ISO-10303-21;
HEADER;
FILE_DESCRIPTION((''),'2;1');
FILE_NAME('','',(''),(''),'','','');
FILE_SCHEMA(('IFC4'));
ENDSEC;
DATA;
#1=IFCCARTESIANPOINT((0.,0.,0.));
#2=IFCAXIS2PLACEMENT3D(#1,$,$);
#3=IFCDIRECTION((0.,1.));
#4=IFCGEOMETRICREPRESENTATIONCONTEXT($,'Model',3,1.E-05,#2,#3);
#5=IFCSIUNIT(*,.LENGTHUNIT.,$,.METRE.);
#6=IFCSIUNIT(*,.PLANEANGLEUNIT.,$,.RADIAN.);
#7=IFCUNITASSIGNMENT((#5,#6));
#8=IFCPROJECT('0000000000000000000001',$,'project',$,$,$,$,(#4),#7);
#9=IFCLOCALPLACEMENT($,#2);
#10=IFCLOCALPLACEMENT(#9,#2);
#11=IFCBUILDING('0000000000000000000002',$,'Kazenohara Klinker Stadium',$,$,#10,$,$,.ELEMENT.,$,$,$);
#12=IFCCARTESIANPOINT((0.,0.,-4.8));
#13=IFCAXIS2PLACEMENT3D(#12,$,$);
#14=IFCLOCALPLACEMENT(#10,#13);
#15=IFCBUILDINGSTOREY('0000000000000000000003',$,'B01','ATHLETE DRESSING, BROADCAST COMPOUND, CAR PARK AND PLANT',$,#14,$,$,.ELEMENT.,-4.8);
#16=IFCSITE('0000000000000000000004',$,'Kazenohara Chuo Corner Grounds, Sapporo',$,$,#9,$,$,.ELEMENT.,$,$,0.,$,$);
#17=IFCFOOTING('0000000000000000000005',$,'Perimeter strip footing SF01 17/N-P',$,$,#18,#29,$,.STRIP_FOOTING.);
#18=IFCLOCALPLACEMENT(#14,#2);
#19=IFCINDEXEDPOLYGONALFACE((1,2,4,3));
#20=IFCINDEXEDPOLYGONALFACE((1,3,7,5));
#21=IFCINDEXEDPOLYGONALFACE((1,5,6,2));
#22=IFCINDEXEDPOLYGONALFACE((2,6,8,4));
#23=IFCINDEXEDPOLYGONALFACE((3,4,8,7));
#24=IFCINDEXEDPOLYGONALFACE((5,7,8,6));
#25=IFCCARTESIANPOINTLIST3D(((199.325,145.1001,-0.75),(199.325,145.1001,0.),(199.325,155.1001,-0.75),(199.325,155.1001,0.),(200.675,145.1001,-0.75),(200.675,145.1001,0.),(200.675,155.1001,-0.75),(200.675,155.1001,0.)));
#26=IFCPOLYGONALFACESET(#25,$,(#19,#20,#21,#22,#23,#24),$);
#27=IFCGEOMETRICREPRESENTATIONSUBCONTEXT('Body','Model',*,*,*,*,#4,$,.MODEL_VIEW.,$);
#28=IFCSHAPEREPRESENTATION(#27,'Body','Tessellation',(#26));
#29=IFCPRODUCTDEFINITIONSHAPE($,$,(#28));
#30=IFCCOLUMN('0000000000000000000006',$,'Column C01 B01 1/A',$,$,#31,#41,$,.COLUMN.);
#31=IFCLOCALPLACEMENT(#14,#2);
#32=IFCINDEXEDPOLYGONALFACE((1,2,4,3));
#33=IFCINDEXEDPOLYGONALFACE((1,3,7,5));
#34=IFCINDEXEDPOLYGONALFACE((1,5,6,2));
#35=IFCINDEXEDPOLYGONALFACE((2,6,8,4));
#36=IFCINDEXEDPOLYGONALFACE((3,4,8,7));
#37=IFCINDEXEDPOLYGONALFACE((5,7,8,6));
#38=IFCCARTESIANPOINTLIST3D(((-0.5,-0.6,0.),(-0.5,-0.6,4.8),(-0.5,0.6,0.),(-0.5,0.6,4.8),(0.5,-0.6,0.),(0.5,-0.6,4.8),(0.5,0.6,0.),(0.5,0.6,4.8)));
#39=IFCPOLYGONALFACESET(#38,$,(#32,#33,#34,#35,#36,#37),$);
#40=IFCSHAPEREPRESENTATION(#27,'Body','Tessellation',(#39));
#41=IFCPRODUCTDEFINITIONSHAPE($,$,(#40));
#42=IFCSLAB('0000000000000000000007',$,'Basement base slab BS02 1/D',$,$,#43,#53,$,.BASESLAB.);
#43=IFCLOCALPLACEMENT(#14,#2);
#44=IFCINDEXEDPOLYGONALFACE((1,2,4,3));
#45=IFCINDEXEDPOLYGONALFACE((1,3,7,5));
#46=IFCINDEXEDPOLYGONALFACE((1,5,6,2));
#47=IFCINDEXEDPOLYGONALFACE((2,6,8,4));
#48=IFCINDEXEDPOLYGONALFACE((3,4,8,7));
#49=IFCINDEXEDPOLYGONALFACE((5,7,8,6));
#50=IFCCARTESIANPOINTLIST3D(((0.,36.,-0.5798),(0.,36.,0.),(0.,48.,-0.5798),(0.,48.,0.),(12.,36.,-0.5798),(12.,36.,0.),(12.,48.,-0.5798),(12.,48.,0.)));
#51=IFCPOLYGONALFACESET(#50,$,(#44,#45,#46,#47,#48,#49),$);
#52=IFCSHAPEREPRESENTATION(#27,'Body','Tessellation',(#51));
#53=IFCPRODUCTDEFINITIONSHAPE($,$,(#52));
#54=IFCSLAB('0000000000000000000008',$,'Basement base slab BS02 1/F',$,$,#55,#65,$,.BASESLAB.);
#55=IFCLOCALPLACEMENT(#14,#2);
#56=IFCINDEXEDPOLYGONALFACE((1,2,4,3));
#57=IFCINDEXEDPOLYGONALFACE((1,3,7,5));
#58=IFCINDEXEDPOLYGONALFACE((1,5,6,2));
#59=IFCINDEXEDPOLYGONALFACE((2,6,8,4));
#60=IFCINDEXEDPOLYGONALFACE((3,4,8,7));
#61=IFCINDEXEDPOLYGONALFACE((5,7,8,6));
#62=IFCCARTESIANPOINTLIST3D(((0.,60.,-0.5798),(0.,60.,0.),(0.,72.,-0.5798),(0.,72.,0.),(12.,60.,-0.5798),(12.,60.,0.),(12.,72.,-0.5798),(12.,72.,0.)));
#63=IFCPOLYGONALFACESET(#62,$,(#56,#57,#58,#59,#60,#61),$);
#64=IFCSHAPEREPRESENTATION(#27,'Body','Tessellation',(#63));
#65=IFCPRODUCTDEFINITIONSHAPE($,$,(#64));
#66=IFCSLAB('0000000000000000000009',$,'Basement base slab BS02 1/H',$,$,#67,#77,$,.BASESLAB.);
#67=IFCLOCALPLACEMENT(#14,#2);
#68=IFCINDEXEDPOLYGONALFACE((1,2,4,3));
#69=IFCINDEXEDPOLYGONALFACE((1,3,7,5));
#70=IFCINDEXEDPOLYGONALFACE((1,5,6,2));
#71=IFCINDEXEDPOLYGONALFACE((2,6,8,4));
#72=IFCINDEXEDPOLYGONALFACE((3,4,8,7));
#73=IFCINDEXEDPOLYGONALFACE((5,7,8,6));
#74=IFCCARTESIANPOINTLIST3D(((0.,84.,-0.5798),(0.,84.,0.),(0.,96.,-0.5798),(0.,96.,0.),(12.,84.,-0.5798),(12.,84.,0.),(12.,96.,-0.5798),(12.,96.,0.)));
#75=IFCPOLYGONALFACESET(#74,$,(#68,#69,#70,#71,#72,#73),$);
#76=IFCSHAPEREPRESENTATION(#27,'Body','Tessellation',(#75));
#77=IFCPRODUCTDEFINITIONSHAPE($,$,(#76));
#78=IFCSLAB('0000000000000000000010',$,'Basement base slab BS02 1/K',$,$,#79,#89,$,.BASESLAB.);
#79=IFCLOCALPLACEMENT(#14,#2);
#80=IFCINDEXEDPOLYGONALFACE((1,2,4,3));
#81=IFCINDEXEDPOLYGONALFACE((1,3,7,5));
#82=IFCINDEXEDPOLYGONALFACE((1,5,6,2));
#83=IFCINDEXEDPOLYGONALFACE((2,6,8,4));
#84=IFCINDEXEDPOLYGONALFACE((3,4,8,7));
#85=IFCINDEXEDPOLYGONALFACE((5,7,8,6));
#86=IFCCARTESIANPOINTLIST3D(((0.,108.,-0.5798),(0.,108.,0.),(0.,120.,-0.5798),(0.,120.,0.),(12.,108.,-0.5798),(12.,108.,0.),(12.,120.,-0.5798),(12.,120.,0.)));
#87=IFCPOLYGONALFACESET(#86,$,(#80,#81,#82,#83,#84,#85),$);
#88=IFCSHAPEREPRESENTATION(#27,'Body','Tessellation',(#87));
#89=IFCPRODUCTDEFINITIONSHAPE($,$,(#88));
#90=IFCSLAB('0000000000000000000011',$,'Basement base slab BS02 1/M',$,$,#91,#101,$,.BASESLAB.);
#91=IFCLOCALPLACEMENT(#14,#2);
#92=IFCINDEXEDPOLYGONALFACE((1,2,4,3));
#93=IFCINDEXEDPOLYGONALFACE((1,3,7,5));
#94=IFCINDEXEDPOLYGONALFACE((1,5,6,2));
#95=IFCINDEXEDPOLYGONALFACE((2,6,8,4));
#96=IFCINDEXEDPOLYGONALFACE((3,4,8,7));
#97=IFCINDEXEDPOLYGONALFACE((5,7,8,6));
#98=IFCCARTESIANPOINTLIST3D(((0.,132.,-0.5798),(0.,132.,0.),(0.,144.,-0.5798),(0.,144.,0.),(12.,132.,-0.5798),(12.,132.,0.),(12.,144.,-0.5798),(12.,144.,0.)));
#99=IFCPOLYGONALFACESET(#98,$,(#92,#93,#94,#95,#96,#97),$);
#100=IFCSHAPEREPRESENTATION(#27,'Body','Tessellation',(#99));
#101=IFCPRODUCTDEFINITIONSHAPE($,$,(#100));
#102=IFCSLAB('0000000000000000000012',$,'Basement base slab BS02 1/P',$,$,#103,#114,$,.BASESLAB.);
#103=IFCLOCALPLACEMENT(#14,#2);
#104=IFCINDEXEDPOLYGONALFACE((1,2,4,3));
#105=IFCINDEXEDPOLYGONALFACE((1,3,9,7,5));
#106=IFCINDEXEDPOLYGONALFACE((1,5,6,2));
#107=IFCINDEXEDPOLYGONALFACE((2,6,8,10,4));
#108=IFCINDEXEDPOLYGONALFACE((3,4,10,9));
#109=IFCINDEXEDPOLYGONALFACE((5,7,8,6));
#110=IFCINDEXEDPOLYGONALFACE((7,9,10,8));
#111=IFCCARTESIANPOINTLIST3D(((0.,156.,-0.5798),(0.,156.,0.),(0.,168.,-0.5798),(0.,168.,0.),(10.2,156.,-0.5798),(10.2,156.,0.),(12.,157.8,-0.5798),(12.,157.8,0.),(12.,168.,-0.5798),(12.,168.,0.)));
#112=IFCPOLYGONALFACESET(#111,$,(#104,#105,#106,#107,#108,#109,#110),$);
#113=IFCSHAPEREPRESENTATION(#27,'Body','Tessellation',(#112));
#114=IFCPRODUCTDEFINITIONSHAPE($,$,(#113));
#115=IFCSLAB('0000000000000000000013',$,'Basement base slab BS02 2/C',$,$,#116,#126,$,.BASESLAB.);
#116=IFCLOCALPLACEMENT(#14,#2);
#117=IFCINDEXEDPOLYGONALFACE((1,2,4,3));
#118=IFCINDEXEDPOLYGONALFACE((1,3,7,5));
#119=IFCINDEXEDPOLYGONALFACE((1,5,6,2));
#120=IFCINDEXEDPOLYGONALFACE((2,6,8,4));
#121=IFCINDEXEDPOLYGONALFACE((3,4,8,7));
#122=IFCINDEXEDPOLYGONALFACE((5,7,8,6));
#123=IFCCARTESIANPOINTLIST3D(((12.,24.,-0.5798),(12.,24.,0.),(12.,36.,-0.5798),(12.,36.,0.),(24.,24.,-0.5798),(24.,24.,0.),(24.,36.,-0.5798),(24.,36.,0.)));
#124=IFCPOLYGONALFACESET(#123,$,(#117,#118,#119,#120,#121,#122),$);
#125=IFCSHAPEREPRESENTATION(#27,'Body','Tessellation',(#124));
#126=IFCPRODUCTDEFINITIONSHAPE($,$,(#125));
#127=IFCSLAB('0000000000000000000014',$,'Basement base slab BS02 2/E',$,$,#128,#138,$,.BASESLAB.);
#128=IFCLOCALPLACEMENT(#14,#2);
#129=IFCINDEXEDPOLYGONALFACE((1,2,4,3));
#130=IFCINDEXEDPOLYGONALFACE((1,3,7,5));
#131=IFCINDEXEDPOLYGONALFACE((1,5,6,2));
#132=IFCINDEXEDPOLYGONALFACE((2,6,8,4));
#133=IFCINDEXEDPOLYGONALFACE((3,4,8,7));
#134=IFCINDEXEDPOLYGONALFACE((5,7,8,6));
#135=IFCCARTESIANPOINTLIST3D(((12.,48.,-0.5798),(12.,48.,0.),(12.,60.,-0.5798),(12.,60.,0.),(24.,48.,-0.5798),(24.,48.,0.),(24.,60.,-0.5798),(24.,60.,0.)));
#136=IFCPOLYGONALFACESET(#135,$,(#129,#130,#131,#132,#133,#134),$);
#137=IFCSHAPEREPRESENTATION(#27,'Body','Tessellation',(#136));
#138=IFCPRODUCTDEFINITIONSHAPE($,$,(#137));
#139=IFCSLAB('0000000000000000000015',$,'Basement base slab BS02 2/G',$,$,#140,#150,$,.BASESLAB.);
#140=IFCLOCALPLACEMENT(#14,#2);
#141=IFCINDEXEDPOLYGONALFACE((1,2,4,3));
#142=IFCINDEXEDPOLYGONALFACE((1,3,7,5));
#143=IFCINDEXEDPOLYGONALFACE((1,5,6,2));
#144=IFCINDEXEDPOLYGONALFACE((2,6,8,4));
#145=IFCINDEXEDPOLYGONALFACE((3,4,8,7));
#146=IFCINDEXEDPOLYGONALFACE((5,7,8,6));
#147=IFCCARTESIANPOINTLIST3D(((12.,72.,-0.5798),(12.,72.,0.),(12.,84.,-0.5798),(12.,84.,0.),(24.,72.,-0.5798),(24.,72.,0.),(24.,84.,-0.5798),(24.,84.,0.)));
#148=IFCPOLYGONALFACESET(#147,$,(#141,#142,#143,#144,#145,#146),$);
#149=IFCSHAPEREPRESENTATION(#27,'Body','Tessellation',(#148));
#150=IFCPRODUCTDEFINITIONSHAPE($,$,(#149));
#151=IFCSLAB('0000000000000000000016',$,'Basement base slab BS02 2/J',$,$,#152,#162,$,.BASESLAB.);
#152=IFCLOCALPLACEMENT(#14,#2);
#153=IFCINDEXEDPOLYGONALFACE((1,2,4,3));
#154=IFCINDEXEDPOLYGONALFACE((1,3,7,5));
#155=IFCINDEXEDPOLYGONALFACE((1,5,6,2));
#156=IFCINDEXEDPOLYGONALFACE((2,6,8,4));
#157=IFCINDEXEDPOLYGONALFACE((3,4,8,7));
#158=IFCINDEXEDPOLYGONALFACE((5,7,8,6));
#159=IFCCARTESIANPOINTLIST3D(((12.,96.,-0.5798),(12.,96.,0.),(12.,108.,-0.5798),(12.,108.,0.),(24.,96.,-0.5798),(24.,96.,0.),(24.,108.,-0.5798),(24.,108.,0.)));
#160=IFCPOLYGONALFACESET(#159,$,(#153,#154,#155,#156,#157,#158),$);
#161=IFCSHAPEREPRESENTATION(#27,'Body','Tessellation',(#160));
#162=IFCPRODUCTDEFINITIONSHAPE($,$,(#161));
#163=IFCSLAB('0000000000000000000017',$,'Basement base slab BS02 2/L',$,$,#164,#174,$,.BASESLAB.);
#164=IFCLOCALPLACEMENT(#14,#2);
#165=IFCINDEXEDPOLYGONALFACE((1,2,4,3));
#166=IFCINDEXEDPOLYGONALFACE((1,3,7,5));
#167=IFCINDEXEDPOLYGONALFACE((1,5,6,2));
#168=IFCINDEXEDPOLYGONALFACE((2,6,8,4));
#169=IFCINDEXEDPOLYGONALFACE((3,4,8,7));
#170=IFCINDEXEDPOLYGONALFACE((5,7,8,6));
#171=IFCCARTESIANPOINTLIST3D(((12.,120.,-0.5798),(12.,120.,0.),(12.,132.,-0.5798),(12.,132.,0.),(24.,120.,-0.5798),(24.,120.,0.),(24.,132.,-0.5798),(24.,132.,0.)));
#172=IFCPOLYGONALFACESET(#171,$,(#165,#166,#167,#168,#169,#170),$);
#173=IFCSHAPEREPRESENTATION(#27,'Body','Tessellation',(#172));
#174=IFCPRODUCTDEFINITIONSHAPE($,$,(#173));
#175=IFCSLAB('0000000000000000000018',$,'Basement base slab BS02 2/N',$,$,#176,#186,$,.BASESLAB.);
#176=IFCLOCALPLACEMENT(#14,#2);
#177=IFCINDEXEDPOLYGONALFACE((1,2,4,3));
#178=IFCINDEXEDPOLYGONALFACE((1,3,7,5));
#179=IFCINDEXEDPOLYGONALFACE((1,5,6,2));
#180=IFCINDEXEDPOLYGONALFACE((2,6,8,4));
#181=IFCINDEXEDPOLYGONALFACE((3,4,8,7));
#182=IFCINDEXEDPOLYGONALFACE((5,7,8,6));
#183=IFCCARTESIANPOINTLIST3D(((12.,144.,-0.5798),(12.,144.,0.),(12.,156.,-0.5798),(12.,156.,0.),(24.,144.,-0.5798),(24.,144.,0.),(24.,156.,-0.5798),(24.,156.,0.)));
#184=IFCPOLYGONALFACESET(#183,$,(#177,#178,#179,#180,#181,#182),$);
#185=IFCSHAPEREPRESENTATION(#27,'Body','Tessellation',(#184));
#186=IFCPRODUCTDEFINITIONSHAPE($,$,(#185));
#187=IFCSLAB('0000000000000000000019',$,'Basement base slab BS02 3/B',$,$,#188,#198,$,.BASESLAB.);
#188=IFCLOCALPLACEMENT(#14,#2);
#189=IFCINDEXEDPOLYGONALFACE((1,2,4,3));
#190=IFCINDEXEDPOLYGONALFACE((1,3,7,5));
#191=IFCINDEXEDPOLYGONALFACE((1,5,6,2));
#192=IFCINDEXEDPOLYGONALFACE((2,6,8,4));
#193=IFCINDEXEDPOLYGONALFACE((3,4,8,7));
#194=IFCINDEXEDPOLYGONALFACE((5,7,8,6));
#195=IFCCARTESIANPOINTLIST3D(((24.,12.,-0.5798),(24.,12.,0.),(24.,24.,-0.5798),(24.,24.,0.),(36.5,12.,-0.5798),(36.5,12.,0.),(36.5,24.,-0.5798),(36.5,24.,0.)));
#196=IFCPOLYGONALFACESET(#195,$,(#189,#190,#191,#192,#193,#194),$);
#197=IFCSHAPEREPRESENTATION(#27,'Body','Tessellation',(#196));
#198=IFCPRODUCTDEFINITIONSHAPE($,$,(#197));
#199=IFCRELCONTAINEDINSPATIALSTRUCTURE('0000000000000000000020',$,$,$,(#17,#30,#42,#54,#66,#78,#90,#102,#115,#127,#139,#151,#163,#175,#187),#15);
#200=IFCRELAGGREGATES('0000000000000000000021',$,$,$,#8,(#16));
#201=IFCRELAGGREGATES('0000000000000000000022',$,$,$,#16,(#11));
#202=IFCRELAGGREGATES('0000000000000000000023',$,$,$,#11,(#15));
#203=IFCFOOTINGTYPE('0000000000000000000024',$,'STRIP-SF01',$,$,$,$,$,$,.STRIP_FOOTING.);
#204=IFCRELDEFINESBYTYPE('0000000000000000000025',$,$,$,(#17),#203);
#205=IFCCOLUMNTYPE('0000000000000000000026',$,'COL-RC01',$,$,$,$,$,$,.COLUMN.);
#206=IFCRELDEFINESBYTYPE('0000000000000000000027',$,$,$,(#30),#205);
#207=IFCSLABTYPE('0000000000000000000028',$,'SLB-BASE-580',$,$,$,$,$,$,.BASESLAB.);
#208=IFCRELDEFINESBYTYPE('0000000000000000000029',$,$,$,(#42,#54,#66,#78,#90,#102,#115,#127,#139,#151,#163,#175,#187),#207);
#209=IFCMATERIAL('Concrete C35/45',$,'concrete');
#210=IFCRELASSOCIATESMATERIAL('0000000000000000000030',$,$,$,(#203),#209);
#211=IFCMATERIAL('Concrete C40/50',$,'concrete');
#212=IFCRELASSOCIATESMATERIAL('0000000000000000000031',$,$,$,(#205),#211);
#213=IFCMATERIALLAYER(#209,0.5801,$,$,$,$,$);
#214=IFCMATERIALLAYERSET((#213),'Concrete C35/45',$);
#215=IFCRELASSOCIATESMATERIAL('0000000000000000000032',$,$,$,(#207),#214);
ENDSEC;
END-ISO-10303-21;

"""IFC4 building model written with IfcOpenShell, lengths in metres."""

from ifc_helpers import new_model, si_unit, direction, frame, origin, origin_with_axes, origin_2d, place, context, subcontext, project, spatial, polyline, rectangle, outline, extrude, material, layer, layer_set, material_profile, profile_set, type_object, element, save


model = new_model("IFC4")

# Units and contexts
model_context = context("Model", 3, precision=1e-05, world=origin(), true_north=direction((0.0, 1.0)))
body_context = subcontext(model_context, "Body", "Model", "MODEL_VIEW")
ifc_project = project(units=[si_unit("LENGTHUNIT", "METRE"), si_unit("PLANEANGLEUNIT", "RADIAN")], contexts=[model_context])

# Site, building, storey
site_placement = place(None, origin())
site = spatial("IfcSite", under=ifc_project, at=site_placement, Name="Kazenohara Chuo Corner Grounds, Sapporo", CompositionType="ELEMENT", RefElevation=0.0)
building_placement = place(site_placement, origin())
building = spatial("IfcBuilding", under=site, at=building_placement, Name="Kazenohara Klinker Stadium", CompositionType="ELEMENT")
storey_placement = place(building_placement, frame((0.0, 0.0, -4.8)))
storey = spatial("IfcBuildingStorey", under=building, at=storey_placement, Name="B01", Description="ATHLETE DRESSING, BROADCAST COMPOUND, CAR PARK AND PLANT", CompositionType="ELEMENT", Elevation=-4.8)

# Footing
ifc_material_1 = material(Name="Concrete C35/45", Category="concrete")
footing_type = type_object("IfcFootingType", Name="STRIP-SF01", PredefinedType="STRIP_FOOTING", material=ifc_material_1)
footing_placement = place(storey_placement, frame((0.0, 0.0, -0.75)))
element("IfcFooting", 1, at=footing_placement, inside=storey, type_object=footing_type, Name="Perimeter strip footing SF01 17/N-P", PredefinedType="STRIP_FOOTING", context=body_context, shape_type="SweptSolid", body=[
    extrude(outline(polyline([(199.325, 145.1001), (200.675, 145.1001), (200.675, 155.1001), (199.325, 155.1001), (199.325, 145.1001)])), origin(), (0.0, 0.0, 1.0), 0.75),
])

# Column
ifc_material_2 = material(Name="Concrete C40/50", Category="concrete")
ifc_material_profile = material_profile(ifc_material_2, rectangle(XDim=1.0, YDim=1.2, at=origin_2d()), Name="RC-COL-1200x1000")
ifc_profile_set = profile_set([ifc_material_profile], Name="Concrete C40/50")
column_type = type_object("IfcColumnType", Name="COL-RC01", PredefinedType="COLUMN", material=ifc_profile_set)
column_placement = place(storey_placement, origin_with_axes())
element("IfcColumn", 2, at=column_placement, inside=storey, type_object=column_type, Name="Column C01 B01 1/A", PredefinedType="COLUMN", context=body_context, shape_type="SweptSolid", body=[
    extrude(rectangle(XDim=1.0, YDim=1.2, at=origin_2d()), origin(), (0.0, 0.0, 1.0), 4.8),
])

# Slabs
ifc_layer_1 = layer(ifc_material_1, 0.5801)
ifc_layer_set_1 = layer_set([ifc_layer_1], Name="Concrete C35/45")
slab_type_1 = type_object("IfcSlabType", Name="SLB-BASE-580", PredefinedType="BASESLAB", material=ifc_layer_set_1)
slab_1_placement = place(storey_placement, frame((0.0, 0.0, -0.5798)))
element("IfcSlab", 3, at=slab_1_placement, inside=storey, type_object=slab_type_1, Name="Basement base slab BS02 1/D", PredefinedType="BASESLAB", context=body_context, shape_type="SweptSolid", body=[
    extrude(outline(polyline([(0.0, 36.0), (12.0, 36.0), (12.0, 48.0), (0.0, 48.0), (0.0, 36.0)])), origin(), (0.0, 0.0, 1.0), 0.5798),
])
slab_2_placement = place(storey_placement, frame((0.0, 0.0, -0.5798)))
element("IfcSlab", 4, at=slab_2_placement, inside=storey, type_object=slab_type_1, Name="Basement base slab BS02 1/F", PredefinedType="BASESLAB", context=body_context, shape_type="SweptSolid", body=[
    extrude(outline(polyline([(0.0, 60.0), (12.0, 60.0), (12.0, 72.0), (0.0, 72.0), (0.0, 60.0)])), origin(), (0.0, 0.0, 1.0), 0.5798),
])
slab_3_placement = place(storey_placement, frame((0.0, 0.0, -0.5798)))
element("IfcSlab", 5, at=slab_3_placement, inside=storey, type_object=slab_type_1, Name="Basement base slab BS02 1/H", PredefinedType="BASESLAB", context=body_context, shape_type="SweptSolid", body=[
    extrude(outline(polyline([(0.0, 84.0), (12.0, 84.0), (12.0, 96.0), (0.0, 96.0), (0.0, 84.0)])), origin(), (0.0, 0.0, 1.0), 0.5798),
])
slab_4_placement = place(storey_placement, frame((0.0, 0.0, -0.5798)))
element("IfcSlab", 6, at=slab_4_placement, inside=storey, type_object=slab_type_1, Name="Basement base slab BS02 1/K", PredefinedType="BASESLAB", context=body_context, shape_type="SweptSolid", body=[
    extrude(outline(polyline([(0.0, 108.0), (12.0, 108.0), (12.0, 120.0), (0.0, 120.0), (0.0, 108.0)])), origin(), (0.0, 0.0, 1.0), 0.5798),
])
slab_5_placement = place(storey_placement, frame((0.0, 0.0, -0.5798)))
element("IfcSlab", 7, at=slab_5_placement, inside=storey, type_object=slab_type_1, Name="Basement base slab BS02 1/M", PredefinedType="BASESLAB", context=body_context, shape_type="SweptSolid", body=[
    extrude(outline(polyline([(0.0, 132.0), (12.0, 132.0), (12.0, 144.0), (0.0, 144.0), (0.0, 132.0)])), origin(), (0.0, 0.0, 1.0), 0.5798),
])
slab_6_placement = place(storey_placement, frame((0.0, 0.0, -0.5798)))
element("IfcSlab", 8, at=slab_6_placement, inside=storey, type_object=slab_type_1, Name="Basement base slab BS02 1/P", PredefinedType="BASESLAB", context=body_context, shape_type="SweptSolid", body=[
    extrude(outline(polyline([(0.0, 156.0), (10.2, 156.0), (12.0, 157.8), (12.0, 168.0), (0.0, 168.0), (0.0, 156.0)])), origin(), (0.0, 0.0, 1.0), 0.5798),
])
slab_7_placement = place(storey_placement, frame((0.0, 0.0, -0.5798)))
element("IfcSlab", 9, at=slab_7_placement, inside=storey, type_object=slab_type_1, Name="Basement base slab BS02 2/C", PredefinedType="BASESLAB", context=body_context, shape_type="SweptSolid", body=[
    extrude(outline(polyline([(12.0, 24.0), (24.0, 24.0), (24.0, 36.0), (12.0, 36.0), (12.0, 24.0)])), origin(), (0.0, 0.0, 1.0), 0.5798),
])
slab_8_placement = place(storey_placement, frame((0.0, 0.0, -0.5798)))
element("IfcSlab", 10, at=slab_8_placement, inside=storey, type_object=slab_type_1, Name="Basement base slab BS02 2/E", PredefinedType="BASESLAB", context=body_context, shape_type="SweptSolid", body=[
    extrude(outline(polyline([(12.0, 48.0), (24.0, 48.0), (24.0, 60.0), (12.0, 60.0), (12.0, 48.0)])), origin(), (0.0, 0.0, 1.0), 0.5798),
])
slab_9_placement = place(storey_placement, frame((0.0, 0.0, -0.5798)))
element("IfcSlab", 11, at=slab_9_placement, inside=storey, type_object=slab_type_1, Name="Basement base slab BS02 2/G", PredefinedType="BASESLAB", context=body_context, shape_type="SweptSolid", body=[
    extrude(outline(polyline([(12.0, 72.0), (24.0, 72.0), (24.0, 84.0), (12.0, 84.0), (12.0, 72.0)])), origin(), (0.0, 0.0, 1.0), 0.5798),
])
slab_10_placement = place(storey_placement, frame((0.0, 0.0, -0.5798)))
element("IfcSlab", 12, at=slab_10_placement, inside=storey, type_object=slab_type_1, Name="Basement base slab BS02 2/J", PredefinedType="BASESLAB", context=body_context, shape_type="SweptSolid", body=[
    extrude(outline(polyline([(12.0, 96.0), (24.0, 96.0), (24.0, 108.0), (12.0, 108.0), (12.0, 96.0)])), origin(), (0.0, 0.0, 1.0), 0.5798),
])
slab_11_placement = place(storey_placement, frame((0.0, 0.0, -0.5798)))
element("IfcSlab", 13, at=slab_11_placement, inside=storey, type_object=slab_type_1, Name="Basement base slab BS02 2/L", PredefinedType="BASESLAB", context=body_context, shape_type="SweptSolid", body=[
    extrude(outline(polyline([(12.0, 120.0), (24.0, 120.0), (24.0, 132.0), (12.0, 132.0), (12.0, 120.0)])), origin(), (0.0, 0.0, 1.0), 0.5798),
])
slab_12_placement = place(storey_placement, frame((0.0, 0.0, -0.5798)))
element("IfcSlab", 14, at=slab_12_placement, inside=storey, type_object=slab_type_1, Name="Basement base slab BS02 2/N", PredefinedType="BASESLAB", context=body_context, shape_type="SweptSolid", body=[
    extrude(outline(polyline([(12.0, 144.0), (24.0, 144.0), (24.0, 156.0), (12.0, 156.0), (12.0, 144.0)])), origin(), (0.0, 0.0, 1.0), 0.5798),
])
slab_13_placement = place(storey_placement, frame((0.0, 0.0, -0.5798)))
element("IfcSlab", 15, at=slab_13_placement, inside=storey, type_object=slab_type_1, Name="Basement base slab BS02 3/B", PredefinedType="BASESLAB", context=body_context, shape_type="SweptSolid", body=[
    extrude(outline(polyline([(24.0, 12.0), (36.5, 12.0), (36.5, 24.0), (24.0, 24.0), (24.0, 12.0)])), origin(), (0.0, 0.0, 1.0), 0.5798),
])

save(model, "model.ifc")
